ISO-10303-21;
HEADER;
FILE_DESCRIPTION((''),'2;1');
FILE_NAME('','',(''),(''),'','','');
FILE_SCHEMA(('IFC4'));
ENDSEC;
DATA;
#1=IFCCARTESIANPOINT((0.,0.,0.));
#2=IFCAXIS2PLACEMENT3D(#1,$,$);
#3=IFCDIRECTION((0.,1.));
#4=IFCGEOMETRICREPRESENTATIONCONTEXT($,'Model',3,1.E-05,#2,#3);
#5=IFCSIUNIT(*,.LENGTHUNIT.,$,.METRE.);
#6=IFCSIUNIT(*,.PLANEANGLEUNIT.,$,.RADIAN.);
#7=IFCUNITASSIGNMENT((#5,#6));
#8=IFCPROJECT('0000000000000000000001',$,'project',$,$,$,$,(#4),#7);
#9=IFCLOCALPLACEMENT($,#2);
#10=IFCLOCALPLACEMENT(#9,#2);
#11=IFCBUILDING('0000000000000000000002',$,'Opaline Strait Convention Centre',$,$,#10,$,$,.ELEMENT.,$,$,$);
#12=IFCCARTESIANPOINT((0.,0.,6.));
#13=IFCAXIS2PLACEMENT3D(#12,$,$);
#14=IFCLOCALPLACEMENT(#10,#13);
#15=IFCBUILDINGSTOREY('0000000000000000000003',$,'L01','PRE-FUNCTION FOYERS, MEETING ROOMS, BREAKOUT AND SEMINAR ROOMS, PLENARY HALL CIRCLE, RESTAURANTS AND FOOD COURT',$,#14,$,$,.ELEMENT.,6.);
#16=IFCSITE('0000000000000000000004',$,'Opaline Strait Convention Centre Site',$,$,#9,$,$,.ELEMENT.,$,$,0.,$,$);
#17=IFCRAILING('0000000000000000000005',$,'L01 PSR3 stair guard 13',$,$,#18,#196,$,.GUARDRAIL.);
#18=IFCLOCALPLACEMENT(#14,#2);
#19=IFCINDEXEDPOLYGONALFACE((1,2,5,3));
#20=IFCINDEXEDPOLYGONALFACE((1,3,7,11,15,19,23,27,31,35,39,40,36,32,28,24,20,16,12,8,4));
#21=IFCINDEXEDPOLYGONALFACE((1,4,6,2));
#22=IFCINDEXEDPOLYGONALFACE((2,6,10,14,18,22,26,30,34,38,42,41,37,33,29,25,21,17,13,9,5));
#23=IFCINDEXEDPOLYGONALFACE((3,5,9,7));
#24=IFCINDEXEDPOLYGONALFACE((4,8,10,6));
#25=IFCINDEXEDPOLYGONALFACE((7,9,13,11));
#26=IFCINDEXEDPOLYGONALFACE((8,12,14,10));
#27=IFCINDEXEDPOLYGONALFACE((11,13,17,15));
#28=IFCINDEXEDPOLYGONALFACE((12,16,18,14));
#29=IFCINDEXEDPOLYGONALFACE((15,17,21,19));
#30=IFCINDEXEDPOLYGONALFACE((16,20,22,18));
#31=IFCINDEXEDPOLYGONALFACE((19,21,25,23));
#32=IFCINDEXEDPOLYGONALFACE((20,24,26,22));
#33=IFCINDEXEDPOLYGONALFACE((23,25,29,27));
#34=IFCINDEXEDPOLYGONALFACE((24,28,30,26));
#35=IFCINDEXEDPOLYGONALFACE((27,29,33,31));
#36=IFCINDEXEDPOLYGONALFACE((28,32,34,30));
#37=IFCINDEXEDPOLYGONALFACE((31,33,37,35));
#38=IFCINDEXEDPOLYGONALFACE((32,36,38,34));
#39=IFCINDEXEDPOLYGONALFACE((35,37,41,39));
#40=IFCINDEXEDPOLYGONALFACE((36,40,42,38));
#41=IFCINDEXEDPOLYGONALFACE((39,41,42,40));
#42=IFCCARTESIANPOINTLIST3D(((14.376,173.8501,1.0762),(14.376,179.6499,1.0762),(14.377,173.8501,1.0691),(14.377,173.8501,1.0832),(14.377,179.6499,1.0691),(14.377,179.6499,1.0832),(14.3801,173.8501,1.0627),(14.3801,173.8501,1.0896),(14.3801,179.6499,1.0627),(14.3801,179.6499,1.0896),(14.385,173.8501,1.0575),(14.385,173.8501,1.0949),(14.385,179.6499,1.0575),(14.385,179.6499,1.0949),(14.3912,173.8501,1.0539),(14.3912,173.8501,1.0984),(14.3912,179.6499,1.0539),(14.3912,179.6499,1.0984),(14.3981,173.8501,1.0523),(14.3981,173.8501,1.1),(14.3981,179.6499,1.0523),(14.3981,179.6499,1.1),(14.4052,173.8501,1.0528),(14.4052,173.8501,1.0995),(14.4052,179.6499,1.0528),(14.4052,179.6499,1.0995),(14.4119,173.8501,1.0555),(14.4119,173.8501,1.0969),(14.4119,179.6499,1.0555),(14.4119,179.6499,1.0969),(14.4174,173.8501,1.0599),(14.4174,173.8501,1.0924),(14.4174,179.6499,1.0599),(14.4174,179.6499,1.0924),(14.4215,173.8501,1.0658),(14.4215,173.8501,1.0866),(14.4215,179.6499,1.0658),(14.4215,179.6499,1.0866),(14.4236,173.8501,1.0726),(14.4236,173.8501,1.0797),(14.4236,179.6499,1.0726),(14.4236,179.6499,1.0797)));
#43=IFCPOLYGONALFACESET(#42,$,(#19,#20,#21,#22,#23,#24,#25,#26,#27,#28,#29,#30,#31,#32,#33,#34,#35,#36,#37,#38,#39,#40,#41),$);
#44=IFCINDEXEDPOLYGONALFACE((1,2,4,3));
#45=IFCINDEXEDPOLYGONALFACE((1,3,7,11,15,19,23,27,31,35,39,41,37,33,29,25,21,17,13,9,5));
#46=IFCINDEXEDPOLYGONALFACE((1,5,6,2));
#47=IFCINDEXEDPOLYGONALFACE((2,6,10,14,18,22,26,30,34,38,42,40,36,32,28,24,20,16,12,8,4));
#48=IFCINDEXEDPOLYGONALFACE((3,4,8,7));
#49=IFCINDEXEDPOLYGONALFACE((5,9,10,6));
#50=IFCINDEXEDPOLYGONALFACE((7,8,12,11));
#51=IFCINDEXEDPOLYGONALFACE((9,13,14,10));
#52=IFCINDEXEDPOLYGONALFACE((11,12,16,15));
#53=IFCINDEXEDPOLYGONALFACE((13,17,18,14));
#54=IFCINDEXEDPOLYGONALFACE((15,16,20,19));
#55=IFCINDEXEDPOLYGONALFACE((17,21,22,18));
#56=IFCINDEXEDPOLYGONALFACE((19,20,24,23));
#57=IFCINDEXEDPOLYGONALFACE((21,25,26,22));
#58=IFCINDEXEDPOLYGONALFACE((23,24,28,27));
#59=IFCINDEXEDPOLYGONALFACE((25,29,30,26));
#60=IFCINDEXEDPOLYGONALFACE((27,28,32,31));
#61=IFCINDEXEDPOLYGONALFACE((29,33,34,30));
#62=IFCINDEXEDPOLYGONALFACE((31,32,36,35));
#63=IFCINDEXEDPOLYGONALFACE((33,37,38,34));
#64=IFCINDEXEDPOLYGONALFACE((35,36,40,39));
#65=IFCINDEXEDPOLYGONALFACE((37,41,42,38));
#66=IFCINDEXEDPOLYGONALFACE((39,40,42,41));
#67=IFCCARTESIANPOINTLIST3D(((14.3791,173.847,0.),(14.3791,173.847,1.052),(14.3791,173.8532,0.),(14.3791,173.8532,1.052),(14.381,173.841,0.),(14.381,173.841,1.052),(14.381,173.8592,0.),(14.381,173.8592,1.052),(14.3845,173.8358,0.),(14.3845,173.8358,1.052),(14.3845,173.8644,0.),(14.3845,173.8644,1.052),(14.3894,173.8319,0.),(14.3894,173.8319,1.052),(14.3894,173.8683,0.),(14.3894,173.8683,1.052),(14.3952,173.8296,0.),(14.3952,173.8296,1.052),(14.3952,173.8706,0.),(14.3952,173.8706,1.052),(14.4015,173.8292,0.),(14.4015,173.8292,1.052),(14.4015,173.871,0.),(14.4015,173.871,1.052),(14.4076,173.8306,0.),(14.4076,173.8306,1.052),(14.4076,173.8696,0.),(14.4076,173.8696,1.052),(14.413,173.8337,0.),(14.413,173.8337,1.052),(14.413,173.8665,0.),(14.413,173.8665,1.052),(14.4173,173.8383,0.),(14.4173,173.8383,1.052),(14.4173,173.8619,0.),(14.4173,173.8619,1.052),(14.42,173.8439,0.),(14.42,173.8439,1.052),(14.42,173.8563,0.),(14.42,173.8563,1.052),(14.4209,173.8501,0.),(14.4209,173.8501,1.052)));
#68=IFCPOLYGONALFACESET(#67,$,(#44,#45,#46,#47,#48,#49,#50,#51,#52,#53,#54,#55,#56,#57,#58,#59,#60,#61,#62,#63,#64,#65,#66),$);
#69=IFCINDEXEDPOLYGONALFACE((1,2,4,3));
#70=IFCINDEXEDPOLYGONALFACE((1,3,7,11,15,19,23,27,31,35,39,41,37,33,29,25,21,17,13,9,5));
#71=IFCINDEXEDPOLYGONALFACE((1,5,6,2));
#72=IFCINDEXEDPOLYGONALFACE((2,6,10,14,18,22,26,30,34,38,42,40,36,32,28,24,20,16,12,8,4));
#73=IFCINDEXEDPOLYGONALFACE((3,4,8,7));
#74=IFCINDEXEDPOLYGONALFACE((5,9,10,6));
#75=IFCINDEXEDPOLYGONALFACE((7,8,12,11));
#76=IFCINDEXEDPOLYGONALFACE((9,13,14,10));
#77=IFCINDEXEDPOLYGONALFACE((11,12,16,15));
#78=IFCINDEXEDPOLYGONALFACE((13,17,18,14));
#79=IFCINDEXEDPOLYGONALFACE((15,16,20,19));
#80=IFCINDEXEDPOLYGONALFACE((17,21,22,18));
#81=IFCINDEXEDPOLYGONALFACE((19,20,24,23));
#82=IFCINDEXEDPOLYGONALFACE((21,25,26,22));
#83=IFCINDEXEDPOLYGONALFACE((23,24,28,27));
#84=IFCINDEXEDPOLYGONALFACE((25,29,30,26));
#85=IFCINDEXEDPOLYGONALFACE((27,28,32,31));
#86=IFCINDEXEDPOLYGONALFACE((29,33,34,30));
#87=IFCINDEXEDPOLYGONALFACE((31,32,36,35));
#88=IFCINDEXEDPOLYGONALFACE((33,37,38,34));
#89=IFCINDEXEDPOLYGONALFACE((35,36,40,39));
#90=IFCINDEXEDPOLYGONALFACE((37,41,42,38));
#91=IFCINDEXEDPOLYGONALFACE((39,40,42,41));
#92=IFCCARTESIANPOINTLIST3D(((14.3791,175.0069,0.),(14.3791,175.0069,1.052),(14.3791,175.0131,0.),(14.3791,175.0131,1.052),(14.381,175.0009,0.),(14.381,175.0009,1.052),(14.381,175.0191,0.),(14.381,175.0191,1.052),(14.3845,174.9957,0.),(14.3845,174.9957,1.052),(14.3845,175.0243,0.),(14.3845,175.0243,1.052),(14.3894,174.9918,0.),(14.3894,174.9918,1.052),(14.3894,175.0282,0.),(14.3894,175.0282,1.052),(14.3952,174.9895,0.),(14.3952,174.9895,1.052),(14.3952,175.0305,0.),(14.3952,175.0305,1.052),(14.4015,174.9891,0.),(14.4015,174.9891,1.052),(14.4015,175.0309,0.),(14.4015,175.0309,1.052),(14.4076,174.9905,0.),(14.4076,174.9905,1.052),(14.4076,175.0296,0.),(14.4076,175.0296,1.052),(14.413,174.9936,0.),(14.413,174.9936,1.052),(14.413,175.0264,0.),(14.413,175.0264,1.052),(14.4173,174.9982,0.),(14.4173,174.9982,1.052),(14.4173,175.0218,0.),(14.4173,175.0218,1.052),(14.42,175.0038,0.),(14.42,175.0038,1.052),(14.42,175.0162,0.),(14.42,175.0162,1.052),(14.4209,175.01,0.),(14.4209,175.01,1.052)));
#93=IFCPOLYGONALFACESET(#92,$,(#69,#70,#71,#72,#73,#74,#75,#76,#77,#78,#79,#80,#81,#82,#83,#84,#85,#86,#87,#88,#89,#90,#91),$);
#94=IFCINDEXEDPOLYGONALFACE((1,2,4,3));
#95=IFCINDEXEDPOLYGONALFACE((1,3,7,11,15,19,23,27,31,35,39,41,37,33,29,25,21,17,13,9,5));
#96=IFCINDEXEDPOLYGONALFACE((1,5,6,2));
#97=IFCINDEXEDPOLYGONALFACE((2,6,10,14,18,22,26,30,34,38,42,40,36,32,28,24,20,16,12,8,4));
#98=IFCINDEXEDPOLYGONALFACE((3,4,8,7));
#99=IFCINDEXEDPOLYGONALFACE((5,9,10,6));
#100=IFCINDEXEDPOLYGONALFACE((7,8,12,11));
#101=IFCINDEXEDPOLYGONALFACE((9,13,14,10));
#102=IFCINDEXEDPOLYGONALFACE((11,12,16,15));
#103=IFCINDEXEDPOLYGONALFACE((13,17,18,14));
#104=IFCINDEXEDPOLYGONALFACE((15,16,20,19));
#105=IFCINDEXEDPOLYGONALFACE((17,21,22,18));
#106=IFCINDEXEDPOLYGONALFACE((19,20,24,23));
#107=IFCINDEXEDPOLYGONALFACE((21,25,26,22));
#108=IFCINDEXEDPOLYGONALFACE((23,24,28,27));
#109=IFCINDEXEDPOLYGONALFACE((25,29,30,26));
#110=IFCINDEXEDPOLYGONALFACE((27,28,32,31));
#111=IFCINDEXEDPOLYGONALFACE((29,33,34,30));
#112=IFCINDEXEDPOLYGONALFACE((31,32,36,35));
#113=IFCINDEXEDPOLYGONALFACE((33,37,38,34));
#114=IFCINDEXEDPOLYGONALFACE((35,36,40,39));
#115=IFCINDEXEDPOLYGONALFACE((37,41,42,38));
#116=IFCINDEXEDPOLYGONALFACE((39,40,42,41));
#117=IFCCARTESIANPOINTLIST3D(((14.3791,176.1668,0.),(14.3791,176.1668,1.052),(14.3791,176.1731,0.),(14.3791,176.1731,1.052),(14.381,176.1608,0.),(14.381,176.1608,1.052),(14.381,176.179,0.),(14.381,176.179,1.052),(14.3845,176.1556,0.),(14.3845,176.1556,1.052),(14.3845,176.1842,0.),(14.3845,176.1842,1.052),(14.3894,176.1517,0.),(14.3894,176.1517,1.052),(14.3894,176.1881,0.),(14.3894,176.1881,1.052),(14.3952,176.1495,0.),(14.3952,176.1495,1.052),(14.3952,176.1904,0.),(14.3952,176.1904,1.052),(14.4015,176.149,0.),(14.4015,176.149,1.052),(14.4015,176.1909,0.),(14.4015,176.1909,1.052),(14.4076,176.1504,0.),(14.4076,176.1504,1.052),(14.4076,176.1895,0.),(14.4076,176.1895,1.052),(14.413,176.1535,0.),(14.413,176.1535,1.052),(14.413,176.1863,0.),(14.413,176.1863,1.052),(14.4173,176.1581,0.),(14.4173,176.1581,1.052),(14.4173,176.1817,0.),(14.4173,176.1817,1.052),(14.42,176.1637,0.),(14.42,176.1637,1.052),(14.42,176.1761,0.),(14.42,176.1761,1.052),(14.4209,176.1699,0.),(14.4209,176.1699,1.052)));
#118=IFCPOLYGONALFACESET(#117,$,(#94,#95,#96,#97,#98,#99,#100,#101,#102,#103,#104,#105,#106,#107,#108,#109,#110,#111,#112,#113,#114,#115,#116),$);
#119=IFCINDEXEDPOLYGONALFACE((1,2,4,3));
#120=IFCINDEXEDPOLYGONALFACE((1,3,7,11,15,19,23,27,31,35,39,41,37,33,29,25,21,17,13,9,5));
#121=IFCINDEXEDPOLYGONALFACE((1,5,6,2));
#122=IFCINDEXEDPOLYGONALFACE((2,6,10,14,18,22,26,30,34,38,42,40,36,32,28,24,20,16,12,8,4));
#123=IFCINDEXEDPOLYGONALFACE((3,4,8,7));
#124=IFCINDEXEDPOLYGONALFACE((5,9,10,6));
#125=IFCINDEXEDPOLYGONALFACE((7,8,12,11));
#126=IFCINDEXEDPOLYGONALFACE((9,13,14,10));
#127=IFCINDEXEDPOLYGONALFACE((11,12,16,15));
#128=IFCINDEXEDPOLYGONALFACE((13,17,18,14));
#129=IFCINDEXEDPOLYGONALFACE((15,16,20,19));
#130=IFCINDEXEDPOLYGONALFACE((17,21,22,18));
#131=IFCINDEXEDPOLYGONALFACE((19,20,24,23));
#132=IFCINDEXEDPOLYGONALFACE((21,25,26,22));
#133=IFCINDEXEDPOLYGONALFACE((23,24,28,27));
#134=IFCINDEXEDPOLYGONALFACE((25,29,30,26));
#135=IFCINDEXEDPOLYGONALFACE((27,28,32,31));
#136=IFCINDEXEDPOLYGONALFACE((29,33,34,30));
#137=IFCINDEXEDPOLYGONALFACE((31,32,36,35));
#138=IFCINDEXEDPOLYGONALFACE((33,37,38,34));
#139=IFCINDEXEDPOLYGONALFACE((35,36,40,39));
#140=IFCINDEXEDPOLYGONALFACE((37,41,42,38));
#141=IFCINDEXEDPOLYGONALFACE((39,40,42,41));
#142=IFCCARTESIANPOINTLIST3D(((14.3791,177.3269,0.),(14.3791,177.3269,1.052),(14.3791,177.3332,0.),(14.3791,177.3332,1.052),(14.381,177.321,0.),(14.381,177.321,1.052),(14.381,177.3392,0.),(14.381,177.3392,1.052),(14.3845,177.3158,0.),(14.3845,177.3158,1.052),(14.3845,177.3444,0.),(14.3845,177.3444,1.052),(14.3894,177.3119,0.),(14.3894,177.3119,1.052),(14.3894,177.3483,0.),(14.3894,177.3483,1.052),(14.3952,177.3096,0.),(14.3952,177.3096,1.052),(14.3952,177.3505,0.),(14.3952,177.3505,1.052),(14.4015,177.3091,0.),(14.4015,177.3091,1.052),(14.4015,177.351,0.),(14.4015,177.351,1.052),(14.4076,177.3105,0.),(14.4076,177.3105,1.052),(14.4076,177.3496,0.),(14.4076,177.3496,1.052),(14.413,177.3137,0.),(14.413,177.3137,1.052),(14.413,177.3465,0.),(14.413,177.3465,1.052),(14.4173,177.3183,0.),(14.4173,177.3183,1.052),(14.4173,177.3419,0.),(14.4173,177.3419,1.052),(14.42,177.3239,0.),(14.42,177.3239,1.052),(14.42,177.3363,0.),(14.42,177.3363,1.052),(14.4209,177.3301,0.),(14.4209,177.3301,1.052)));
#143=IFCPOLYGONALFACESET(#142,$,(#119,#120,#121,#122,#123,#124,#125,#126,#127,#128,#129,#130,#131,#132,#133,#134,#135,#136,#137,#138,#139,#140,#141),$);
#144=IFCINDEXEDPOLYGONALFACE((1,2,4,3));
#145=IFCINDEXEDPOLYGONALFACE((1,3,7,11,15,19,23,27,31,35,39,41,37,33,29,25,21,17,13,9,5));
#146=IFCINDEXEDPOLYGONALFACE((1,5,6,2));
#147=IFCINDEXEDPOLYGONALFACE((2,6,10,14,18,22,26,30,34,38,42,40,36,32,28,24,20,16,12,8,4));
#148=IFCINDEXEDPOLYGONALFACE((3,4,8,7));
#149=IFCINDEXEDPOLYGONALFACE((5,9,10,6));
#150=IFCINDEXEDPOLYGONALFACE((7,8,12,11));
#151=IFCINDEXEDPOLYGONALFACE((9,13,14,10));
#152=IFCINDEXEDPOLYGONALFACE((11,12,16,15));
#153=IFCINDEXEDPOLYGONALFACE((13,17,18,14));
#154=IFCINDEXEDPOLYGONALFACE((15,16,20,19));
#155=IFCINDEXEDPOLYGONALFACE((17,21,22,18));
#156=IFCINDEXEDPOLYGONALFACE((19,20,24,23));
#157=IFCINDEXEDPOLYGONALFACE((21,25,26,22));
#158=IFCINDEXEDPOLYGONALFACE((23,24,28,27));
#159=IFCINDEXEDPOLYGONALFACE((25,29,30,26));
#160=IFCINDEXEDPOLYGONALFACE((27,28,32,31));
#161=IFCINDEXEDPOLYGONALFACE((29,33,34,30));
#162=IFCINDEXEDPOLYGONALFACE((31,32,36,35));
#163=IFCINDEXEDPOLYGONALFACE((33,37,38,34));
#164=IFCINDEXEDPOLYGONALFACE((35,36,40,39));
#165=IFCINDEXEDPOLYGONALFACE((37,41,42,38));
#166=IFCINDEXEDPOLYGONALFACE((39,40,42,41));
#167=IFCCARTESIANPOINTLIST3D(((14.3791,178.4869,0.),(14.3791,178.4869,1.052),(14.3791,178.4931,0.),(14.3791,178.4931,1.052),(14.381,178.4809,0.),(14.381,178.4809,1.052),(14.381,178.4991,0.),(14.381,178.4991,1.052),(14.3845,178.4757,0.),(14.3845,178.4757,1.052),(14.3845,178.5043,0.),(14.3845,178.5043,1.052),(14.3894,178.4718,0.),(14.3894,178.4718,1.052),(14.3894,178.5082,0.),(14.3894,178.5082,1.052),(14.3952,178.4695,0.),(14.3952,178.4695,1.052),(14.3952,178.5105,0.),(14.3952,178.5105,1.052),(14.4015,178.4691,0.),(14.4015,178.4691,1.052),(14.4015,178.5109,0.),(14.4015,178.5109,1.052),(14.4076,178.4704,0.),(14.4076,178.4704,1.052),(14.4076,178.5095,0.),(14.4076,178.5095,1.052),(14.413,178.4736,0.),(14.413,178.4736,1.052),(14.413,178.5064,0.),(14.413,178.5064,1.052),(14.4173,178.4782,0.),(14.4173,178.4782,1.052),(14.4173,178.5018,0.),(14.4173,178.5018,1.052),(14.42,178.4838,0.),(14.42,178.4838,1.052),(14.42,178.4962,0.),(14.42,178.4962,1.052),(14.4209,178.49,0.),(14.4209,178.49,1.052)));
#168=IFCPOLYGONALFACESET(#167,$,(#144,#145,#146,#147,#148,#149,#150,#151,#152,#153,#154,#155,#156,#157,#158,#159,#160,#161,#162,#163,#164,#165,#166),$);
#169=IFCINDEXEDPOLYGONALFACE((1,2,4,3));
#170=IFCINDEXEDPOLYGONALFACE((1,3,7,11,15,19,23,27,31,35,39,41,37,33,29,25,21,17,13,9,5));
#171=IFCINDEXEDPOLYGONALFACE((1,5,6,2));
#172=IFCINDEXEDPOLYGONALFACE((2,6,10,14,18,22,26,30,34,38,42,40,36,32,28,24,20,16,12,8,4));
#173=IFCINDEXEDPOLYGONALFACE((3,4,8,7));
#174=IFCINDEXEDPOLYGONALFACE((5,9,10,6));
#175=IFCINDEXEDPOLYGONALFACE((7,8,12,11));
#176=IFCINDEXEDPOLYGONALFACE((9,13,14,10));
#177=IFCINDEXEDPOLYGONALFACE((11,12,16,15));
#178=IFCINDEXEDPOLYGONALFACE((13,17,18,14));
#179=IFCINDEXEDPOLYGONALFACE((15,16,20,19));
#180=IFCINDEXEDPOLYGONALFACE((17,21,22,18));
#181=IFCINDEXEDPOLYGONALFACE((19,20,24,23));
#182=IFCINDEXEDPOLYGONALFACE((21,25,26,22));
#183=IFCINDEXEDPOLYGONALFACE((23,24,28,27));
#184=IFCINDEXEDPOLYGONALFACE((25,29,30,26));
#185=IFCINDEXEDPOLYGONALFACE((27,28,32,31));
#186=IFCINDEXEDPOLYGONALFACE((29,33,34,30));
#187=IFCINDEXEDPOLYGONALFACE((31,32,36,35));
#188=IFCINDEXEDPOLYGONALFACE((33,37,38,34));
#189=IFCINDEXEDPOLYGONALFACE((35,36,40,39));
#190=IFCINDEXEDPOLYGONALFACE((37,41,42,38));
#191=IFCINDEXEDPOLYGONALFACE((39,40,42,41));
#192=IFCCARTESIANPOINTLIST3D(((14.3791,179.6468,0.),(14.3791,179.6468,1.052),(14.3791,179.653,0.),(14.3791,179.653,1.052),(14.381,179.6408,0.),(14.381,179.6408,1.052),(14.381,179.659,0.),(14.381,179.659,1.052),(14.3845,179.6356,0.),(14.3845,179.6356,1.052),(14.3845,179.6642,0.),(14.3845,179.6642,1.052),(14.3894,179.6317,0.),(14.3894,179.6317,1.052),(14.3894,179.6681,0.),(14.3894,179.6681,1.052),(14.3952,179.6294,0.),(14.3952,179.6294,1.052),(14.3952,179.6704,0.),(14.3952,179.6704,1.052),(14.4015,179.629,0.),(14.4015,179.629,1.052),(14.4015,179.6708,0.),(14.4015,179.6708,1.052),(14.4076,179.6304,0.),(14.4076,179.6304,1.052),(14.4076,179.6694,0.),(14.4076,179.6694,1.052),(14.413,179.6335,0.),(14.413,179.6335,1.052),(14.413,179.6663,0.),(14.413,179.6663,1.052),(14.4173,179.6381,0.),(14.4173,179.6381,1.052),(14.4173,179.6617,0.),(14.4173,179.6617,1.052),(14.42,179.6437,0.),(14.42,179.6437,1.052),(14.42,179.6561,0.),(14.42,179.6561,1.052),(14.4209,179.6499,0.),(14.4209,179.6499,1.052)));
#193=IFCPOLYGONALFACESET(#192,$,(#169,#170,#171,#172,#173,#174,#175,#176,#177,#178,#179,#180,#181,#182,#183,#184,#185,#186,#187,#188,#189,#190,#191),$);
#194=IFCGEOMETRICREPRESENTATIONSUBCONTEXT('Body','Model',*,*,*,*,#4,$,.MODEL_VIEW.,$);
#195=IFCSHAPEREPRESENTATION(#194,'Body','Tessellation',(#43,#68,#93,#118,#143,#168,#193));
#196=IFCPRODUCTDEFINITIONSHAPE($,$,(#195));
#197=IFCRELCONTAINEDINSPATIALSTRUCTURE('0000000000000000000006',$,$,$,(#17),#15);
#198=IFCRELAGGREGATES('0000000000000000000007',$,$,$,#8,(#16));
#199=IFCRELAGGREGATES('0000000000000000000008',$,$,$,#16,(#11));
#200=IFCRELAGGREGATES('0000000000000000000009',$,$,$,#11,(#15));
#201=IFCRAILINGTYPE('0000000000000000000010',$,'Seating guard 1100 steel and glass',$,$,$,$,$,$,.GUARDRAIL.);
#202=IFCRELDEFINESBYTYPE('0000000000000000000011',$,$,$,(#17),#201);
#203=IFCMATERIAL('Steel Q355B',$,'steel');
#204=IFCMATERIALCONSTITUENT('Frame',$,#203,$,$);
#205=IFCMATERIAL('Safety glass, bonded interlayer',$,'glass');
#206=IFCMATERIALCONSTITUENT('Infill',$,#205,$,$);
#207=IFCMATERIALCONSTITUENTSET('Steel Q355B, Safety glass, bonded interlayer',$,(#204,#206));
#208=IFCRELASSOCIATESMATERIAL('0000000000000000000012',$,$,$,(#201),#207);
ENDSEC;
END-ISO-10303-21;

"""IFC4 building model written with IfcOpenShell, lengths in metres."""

from ifc_helpers import new_model, si_unit, direction, frame, origin, origin_2d, place, context, subcontext, project, spatial, circle, extrude, material, constituent, constituent_set, type_object, element, save


model = new_model("IFC4")

# Units and contexts
model_context = context("Model", 3, precision=1e-05, world=origin(), true_north=direction((0.0, 1.0)))
body_context = subcontext(model_context, "Body", "Model", "MODEL_VIEW")
ifc_project = project(units=[si_unit("LENGTHUNIT", "METRE"), si_unit("PLANEANGLEUNIT", "RADIAN")], contexts=[model_context])

# Site, building, storey
site_placement = place(None, origin())
site = spatial("IfcSite", under=ifc_project, at=site_placement, Name="Opaline Strait Convention Centre Site", CompositionType="ELEMENT", RefElevation=0.0)
building_placement = place(site_placement, origin())
building = spatial("IfcBuilding", under=site, at=building_placement, Name="Opaline Strait Convention Centre", CompositionType="ELEMENT")
storey_placement = place(building_placement, frame((0.0, 0.0, 6.0)))
storey = spatial("IfcBuildingStorey", under=building, at=storey_placement, Name="L01", Description="PRE-FUNCTION FOYERS, MEETING ROOMS, BREAKOUT AND SEMINAR ROOMS, PLENARY HALL CIRCLE, RESTAURANTS AND FOOD COURT", CompositionType="ELEMENT", Elevation=6.0)

# Railing
ifc_material_1 = material(Name="Steel Q355B", Category="steel")
ifc_constituent_1 = constituent(ifc_material_1, Name="Frame")
ifc_material_2 = material(Name="Safety glass, bonded interlayer", Category="glass")
ifc_constituent_2 = constituent(ifc_material_2, Name="Infill")
ifc_constituent_set = constituent_set(constituents=[ifc_constituent_1, ifc_constituent_2], Name="Steel Q355B, Safety glass, bonded interlayer")
railing_type_1 = type_object("IfcRailingType", Name="Seating guard 1100 steel and glass", PredefinedType="GUARDRAIL", material=ifc_constituent_set)
railing_1_placement = place(storey_placement, frame((14.3999, 173.8501, 0.0)))
element("IfcRailing", 1, at=railing_1_placement, inside=storey, type_object=railing_type_1, Name="L01 PSR3 stair guard 13", PredefinedType="GUARDRAIL", context=body_context, shape_type="SweptSolid", body=[
    extrude(circle(Radius=0.0239, at=origin_2d()), frame((0.0, 0.0, 1.0762), z_axis=(0.0, 1.0, 0.0), x_axis=(-1.0, 0.0, 0.0)), (0.0, 0.0, 1.0), 5.7998),
    extrude(circle(Radius=0.021, at=origin_2d()), origin(), (0.0, 0.0, 1.0), 1.052),
    extrude(circle(Radius=0.021, at=origin_2d()), frame((0.0, 1.1599, 0.0)), (0.0, 0.0, 1.0), 1.052),
    extrude(circle(Radius=0.021, at=origin_2d()), frame((0.0, 2.3198, 0.0)), (0.0, 0.0, 1.0), 1.052),
    extrude(circle(Radius=0.021, at=origin_2d()), frame((0.0, 3.48, 0.0)), (0.0, 0.0, 1.0), 1.052),
    extrude(circle(Radius=0.021, at=origin_2d()), frame((0.0, 4.6399, 0.0)), (0.0, 0.0, 1.0), 1.052),
    extrude(circle(Radius=0.021, at=origin_2d()), frame((0.0, 5.7998, 0.0)), (0.0, 0.0, 1.0), 1.052),
])

save(model, "model.ifc")
